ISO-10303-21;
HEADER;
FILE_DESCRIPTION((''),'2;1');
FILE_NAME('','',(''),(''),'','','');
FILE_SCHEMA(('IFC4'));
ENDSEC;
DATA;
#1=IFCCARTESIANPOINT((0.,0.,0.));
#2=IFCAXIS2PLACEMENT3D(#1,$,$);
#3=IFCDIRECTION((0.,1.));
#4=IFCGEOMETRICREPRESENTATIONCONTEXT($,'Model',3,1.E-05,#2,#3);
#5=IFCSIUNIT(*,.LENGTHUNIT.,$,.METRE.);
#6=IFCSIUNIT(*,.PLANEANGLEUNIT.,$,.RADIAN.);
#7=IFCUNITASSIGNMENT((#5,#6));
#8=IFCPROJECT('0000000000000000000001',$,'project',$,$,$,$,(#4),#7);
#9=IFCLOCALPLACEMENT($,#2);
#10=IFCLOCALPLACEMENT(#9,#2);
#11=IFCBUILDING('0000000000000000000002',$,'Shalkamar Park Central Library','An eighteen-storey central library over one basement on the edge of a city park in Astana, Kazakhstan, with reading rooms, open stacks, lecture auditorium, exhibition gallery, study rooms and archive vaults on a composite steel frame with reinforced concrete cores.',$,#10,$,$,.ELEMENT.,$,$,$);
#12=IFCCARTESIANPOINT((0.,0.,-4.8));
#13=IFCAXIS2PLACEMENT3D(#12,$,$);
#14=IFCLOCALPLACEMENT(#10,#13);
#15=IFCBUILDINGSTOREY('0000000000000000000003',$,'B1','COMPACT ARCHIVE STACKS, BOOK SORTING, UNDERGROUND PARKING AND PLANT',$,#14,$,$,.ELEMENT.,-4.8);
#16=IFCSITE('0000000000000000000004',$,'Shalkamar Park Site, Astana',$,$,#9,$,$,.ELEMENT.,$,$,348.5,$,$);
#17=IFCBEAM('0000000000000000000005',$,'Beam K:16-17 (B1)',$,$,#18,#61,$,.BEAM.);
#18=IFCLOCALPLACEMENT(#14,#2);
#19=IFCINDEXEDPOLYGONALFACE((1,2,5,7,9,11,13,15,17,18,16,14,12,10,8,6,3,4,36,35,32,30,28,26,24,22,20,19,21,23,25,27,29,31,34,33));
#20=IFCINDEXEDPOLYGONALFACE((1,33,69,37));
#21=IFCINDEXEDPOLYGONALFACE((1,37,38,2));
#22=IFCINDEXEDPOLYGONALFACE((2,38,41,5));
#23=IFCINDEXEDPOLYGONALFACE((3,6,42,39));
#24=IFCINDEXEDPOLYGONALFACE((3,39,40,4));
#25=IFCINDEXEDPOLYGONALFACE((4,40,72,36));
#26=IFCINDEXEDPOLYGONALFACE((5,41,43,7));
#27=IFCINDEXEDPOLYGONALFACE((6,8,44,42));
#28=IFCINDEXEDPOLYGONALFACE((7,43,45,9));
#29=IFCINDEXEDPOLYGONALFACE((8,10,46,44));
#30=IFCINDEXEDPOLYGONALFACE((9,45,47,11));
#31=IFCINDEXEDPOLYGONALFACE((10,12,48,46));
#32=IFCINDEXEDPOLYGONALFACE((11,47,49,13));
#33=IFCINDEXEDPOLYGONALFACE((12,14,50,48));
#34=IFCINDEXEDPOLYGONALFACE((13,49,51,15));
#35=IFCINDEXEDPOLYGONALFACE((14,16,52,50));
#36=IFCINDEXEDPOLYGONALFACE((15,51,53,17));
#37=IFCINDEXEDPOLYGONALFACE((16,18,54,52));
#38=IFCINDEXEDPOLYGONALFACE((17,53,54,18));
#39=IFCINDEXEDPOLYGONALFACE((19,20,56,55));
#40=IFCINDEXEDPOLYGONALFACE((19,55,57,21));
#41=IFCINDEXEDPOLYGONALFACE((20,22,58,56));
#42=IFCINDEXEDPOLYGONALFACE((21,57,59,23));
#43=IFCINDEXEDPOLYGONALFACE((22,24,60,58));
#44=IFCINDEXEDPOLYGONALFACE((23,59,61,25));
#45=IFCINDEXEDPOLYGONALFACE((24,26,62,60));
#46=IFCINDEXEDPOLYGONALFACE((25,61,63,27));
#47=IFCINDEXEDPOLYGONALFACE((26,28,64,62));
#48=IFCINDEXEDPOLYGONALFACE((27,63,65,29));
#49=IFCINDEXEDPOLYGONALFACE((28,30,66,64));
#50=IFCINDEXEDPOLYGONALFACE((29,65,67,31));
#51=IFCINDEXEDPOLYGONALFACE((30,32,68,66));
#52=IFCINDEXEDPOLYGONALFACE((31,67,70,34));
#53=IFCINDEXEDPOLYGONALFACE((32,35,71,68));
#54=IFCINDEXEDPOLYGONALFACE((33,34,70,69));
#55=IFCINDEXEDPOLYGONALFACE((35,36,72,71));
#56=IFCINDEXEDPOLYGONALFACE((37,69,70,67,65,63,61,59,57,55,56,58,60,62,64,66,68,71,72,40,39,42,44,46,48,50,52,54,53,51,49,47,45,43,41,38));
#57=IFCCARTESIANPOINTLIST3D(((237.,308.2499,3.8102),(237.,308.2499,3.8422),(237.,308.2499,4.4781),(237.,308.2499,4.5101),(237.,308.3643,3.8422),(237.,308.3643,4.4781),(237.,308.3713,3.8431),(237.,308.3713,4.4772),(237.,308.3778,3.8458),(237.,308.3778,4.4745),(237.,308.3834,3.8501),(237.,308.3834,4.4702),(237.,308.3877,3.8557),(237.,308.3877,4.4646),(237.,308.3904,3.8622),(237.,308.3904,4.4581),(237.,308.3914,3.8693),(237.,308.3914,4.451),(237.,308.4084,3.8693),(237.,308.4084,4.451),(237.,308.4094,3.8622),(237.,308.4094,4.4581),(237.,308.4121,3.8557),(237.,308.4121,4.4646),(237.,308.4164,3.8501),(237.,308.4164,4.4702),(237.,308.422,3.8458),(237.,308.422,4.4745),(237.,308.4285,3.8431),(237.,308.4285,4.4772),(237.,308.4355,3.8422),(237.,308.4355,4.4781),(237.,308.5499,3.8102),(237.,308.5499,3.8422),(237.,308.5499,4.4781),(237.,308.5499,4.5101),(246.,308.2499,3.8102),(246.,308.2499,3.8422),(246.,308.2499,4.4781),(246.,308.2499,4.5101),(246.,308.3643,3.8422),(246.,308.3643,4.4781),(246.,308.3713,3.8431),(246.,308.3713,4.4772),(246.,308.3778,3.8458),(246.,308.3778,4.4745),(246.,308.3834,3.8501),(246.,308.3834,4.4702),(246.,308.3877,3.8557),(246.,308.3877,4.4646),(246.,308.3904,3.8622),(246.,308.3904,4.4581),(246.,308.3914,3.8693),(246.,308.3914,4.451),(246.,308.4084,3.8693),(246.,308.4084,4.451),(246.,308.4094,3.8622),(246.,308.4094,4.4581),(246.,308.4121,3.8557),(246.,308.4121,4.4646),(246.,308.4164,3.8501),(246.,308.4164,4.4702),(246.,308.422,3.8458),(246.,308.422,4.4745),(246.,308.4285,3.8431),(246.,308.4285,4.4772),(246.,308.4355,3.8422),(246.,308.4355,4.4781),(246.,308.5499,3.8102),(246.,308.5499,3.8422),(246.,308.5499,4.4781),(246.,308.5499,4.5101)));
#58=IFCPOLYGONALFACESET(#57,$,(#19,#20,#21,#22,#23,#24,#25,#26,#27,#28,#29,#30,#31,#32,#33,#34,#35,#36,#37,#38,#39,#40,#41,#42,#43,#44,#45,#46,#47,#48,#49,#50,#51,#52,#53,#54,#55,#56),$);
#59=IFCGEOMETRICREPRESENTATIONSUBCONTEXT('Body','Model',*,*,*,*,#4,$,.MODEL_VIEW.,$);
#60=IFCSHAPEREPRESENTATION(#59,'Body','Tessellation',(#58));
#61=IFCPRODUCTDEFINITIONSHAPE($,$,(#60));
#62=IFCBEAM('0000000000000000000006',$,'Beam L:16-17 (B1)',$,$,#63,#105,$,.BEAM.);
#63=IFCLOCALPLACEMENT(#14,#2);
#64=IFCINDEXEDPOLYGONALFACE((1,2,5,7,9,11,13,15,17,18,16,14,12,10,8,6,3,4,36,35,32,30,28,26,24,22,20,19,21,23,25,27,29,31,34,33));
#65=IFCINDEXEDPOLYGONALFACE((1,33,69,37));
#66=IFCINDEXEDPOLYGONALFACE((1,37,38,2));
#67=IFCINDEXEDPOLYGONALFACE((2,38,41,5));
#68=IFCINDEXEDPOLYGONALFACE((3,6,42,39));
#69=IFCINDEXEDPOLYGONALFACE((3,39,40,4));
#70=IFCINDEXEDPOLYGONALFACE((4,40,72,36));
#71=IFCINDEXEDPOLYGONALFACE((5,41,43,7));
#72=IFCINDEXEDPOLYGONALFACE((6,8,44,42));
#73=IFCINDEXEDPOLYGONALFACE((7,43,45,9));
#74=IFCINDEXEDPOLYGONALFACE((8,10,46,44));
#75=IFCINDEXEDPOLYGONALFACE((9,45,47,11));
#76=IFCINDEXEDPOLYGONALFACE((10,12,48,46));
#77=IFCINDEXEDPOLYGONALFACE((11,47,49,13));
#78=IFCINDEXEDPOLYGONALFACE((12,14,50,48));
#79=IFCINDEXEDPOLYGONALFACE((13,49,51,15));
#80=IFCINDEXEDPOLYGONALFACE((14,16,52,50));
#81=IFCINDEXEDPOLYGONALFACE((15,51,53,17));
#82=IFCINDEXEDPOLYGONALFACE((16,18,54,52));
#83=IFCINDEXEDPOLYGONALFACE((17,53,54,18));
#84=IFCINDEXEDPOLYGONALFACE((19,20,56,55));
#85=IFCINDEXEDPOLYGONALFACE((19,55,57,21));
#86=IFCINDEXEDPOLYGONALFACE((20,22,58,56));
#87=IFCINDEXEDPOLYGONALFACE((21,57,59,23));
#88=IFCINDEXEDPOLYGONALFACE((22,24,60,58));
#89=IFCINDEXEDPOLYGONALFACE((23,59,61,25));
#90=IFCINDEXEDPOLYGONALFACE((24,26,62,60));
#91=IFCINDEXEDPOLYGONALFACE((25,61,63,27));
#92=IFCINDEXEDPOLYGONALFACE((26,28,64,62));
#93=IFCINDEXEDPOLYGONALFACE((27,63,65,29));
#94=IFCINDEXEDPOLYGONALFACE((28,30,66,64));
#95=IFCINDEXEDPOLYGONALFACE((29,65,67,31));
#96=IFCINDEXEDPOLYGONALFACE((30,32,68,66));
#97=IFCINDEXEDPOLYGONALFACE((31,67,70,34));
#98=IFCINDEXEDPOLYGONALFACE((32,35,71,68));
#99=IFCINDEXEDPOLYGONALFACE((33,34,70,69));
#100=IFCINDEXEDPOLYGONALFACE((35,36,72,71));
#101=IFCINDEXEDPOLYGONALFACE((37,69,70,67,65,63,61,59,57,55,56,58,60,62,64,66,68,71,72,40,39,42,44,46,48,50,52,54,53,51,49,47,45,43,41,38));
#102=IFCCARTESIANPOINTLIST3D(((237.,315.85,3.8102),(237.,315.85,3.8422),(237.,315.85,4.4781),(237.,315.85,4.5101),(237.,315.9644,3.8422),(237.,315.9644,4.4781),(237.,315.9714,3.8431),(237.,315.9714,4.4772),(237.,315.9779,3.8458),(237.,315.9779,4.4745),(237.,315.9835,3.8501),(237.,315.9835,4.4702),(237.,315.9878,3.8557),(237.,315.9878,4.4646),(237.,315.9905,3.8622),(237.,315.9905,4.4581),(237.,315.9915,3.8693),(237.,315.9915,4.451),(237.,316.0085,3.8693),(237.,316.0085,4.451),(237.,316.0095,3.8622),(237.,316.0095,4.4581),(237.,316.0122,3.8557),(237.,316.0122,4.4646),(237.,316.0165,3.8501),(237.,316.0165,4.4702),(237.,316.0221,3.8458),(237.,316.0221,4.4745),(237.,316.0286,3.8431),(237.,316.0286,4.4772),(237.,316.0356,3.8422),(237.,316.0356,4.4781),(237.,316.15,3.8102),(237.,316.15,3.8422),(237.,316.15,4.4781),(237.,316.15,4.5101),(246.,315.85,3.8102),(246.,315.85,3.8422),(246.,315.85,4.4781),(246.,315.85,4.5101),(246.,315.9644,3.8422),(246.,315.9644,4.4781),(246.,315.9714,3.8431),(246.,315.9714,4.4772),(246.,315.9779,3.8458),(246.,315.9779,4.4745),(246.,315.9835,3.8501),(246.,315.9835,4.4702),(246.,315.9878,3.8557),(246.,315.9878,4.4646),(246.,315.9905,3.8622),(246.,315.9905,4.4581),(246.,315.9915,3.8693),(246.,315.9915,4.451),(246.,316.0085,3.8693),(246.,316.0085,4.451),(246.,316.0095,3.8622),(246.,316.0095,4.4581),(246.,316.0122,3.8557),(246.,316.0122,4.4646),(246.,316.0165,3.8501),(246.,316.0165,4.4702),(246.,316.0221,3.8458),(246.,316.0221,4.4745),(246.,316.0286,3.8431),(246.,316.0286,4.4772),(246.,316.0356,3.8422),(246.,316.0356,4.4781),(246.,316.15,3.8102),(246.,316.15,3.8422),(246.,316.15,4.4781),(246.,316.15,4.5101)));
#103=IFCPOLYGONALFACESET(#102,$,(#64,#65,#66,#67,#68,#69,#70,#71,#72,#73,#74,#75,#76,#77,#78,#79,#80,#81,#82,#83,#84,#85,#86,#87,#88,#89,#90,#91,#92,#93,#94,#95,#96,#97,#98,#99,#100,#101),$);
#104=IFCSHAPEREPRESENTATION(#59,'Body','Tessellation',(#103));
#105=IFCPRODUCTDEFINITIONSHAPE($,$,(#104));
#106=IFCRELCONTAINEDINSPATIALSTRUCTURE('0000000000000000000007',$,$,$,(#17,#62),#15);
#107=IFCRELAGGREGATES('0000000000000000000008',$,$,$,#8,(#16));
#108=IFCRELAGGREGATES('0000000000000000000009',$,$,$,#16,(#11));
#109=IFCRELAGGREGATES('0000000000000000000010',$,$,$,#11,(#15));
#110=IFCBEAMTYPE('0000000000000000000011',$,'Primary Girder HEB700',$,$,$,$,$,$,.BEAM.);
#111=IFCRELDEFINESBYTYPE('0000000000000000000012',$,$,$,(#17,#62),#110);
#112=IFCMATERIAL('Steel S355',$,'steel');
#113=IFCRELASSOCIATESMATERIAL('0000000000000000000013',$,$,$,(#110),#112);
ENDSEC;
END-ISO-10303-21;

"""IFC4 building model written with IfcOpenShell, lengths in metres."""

from ifc_helpers import new_model, si_unit, direction, frame, origin, origin_2d, place, context, subcontext, project, spatial, i_section, extrude, material, material_profile, profile_set, type_object, element, save


model = new_model("IFC4")

# Units and contexts
model_context = context("Model", 3, precision=1e-05, world=origin(), true_north=direction((0.0, 1.0)))
body_context = subcontext(model_context, "Body", "Model", "MODEL_VIEW")
ifc_project = project(units=[si_unit("LENGTHUNIT", "METRE"), si_unit("PLANEANGLEUNIT", "RADIAN")], contexts=[model_context])

# Site, building, storey
site_placement = place(None, origin())
site = spatial("IfcSite", under=ifc_project, at=site_placement, Name="Shalkamar Park Site, Astana", CompositionType="ELEMENT", RefElevation=348.5)
building_placement = place(site_placement, origin())
building = spatial("IfcBuilding", under=site, at=building_placement, Name="Shalkamar Park Central Library", Description="An eighteen-storey central library over one basement on the edge of a city park in Astana, Kazakhstan, with reading rooms, open stacks, lecture auditorium, exhibition gallery, study rooms and archive vaults on a composite steel frame with reinforced concrete cores.", CompositionType="ELEMENT")
storey_placement = place(building_placement, frame((0.0, 0.0, -4.8)))
storey = spatial("IfcBuildingStorey", under=building, at=storey_placement, Name="B1", Description="COMPACT ARCHIVE STACKS, BOOK SORTING, UNDERGROUND PARKING AND PLANT", CompositionType="ELEMENT", Elevation=-4.8)

# Shared definitions
ifc_material_1 = material(Name="Steel S355", Category="steel")

# Beams
ifc_material_profile_1 = material_profile(ifc_material_1, i_section(OverallWidth=0.3, OverallDepth=0.7, WebThickness=0.0171, FlangeThickness=0.032, FilletRadius=0.0271, at=origin_2d()), Name="HEB 700")
ifc_profile_set_1 = profile_set([ifc_material_profile_1], Name="Steel S355")
beam_type_1 = type_object("IfcBeamType", Name="Primary Girder HEB700", PredefinedType="BEAM", material=ifc_profile_set_1)
for number, where, z_axis, x_axis, name in (
    (1, (237.0, 308.3999, 4.1602), (1.0, 0.0, 0.0), (0.0, 1.0, 0.0), "Beam K:16-17 (B1)"),
    (2, (237.0, 316.0, 4.1602), (1.0, 0.0, 0.0), (0.0, 1.0, 0.0), "Beam L:16-17 (B1)"),
):
    element("IfcBeam", number, at=place(storey_placement, frame(where, z_axis=z_axis, x_axis=x_axis)), inside=storey, type_object=beam_type_1, Name=name, PredefinedType="BEAM", context=body_context, shape_type="SweptSolid", body=[
        extrude(i_section(OverallWidth=0.3, OverallDepth=0.7, WebThickness=0.0171, FlangeThickness=0.032, FilletRadius=0.0271, at=origin_2d()), origin(), (0.0, 0.0, 1.0), 9.0),
    ])

save(model, "model.ifc")
